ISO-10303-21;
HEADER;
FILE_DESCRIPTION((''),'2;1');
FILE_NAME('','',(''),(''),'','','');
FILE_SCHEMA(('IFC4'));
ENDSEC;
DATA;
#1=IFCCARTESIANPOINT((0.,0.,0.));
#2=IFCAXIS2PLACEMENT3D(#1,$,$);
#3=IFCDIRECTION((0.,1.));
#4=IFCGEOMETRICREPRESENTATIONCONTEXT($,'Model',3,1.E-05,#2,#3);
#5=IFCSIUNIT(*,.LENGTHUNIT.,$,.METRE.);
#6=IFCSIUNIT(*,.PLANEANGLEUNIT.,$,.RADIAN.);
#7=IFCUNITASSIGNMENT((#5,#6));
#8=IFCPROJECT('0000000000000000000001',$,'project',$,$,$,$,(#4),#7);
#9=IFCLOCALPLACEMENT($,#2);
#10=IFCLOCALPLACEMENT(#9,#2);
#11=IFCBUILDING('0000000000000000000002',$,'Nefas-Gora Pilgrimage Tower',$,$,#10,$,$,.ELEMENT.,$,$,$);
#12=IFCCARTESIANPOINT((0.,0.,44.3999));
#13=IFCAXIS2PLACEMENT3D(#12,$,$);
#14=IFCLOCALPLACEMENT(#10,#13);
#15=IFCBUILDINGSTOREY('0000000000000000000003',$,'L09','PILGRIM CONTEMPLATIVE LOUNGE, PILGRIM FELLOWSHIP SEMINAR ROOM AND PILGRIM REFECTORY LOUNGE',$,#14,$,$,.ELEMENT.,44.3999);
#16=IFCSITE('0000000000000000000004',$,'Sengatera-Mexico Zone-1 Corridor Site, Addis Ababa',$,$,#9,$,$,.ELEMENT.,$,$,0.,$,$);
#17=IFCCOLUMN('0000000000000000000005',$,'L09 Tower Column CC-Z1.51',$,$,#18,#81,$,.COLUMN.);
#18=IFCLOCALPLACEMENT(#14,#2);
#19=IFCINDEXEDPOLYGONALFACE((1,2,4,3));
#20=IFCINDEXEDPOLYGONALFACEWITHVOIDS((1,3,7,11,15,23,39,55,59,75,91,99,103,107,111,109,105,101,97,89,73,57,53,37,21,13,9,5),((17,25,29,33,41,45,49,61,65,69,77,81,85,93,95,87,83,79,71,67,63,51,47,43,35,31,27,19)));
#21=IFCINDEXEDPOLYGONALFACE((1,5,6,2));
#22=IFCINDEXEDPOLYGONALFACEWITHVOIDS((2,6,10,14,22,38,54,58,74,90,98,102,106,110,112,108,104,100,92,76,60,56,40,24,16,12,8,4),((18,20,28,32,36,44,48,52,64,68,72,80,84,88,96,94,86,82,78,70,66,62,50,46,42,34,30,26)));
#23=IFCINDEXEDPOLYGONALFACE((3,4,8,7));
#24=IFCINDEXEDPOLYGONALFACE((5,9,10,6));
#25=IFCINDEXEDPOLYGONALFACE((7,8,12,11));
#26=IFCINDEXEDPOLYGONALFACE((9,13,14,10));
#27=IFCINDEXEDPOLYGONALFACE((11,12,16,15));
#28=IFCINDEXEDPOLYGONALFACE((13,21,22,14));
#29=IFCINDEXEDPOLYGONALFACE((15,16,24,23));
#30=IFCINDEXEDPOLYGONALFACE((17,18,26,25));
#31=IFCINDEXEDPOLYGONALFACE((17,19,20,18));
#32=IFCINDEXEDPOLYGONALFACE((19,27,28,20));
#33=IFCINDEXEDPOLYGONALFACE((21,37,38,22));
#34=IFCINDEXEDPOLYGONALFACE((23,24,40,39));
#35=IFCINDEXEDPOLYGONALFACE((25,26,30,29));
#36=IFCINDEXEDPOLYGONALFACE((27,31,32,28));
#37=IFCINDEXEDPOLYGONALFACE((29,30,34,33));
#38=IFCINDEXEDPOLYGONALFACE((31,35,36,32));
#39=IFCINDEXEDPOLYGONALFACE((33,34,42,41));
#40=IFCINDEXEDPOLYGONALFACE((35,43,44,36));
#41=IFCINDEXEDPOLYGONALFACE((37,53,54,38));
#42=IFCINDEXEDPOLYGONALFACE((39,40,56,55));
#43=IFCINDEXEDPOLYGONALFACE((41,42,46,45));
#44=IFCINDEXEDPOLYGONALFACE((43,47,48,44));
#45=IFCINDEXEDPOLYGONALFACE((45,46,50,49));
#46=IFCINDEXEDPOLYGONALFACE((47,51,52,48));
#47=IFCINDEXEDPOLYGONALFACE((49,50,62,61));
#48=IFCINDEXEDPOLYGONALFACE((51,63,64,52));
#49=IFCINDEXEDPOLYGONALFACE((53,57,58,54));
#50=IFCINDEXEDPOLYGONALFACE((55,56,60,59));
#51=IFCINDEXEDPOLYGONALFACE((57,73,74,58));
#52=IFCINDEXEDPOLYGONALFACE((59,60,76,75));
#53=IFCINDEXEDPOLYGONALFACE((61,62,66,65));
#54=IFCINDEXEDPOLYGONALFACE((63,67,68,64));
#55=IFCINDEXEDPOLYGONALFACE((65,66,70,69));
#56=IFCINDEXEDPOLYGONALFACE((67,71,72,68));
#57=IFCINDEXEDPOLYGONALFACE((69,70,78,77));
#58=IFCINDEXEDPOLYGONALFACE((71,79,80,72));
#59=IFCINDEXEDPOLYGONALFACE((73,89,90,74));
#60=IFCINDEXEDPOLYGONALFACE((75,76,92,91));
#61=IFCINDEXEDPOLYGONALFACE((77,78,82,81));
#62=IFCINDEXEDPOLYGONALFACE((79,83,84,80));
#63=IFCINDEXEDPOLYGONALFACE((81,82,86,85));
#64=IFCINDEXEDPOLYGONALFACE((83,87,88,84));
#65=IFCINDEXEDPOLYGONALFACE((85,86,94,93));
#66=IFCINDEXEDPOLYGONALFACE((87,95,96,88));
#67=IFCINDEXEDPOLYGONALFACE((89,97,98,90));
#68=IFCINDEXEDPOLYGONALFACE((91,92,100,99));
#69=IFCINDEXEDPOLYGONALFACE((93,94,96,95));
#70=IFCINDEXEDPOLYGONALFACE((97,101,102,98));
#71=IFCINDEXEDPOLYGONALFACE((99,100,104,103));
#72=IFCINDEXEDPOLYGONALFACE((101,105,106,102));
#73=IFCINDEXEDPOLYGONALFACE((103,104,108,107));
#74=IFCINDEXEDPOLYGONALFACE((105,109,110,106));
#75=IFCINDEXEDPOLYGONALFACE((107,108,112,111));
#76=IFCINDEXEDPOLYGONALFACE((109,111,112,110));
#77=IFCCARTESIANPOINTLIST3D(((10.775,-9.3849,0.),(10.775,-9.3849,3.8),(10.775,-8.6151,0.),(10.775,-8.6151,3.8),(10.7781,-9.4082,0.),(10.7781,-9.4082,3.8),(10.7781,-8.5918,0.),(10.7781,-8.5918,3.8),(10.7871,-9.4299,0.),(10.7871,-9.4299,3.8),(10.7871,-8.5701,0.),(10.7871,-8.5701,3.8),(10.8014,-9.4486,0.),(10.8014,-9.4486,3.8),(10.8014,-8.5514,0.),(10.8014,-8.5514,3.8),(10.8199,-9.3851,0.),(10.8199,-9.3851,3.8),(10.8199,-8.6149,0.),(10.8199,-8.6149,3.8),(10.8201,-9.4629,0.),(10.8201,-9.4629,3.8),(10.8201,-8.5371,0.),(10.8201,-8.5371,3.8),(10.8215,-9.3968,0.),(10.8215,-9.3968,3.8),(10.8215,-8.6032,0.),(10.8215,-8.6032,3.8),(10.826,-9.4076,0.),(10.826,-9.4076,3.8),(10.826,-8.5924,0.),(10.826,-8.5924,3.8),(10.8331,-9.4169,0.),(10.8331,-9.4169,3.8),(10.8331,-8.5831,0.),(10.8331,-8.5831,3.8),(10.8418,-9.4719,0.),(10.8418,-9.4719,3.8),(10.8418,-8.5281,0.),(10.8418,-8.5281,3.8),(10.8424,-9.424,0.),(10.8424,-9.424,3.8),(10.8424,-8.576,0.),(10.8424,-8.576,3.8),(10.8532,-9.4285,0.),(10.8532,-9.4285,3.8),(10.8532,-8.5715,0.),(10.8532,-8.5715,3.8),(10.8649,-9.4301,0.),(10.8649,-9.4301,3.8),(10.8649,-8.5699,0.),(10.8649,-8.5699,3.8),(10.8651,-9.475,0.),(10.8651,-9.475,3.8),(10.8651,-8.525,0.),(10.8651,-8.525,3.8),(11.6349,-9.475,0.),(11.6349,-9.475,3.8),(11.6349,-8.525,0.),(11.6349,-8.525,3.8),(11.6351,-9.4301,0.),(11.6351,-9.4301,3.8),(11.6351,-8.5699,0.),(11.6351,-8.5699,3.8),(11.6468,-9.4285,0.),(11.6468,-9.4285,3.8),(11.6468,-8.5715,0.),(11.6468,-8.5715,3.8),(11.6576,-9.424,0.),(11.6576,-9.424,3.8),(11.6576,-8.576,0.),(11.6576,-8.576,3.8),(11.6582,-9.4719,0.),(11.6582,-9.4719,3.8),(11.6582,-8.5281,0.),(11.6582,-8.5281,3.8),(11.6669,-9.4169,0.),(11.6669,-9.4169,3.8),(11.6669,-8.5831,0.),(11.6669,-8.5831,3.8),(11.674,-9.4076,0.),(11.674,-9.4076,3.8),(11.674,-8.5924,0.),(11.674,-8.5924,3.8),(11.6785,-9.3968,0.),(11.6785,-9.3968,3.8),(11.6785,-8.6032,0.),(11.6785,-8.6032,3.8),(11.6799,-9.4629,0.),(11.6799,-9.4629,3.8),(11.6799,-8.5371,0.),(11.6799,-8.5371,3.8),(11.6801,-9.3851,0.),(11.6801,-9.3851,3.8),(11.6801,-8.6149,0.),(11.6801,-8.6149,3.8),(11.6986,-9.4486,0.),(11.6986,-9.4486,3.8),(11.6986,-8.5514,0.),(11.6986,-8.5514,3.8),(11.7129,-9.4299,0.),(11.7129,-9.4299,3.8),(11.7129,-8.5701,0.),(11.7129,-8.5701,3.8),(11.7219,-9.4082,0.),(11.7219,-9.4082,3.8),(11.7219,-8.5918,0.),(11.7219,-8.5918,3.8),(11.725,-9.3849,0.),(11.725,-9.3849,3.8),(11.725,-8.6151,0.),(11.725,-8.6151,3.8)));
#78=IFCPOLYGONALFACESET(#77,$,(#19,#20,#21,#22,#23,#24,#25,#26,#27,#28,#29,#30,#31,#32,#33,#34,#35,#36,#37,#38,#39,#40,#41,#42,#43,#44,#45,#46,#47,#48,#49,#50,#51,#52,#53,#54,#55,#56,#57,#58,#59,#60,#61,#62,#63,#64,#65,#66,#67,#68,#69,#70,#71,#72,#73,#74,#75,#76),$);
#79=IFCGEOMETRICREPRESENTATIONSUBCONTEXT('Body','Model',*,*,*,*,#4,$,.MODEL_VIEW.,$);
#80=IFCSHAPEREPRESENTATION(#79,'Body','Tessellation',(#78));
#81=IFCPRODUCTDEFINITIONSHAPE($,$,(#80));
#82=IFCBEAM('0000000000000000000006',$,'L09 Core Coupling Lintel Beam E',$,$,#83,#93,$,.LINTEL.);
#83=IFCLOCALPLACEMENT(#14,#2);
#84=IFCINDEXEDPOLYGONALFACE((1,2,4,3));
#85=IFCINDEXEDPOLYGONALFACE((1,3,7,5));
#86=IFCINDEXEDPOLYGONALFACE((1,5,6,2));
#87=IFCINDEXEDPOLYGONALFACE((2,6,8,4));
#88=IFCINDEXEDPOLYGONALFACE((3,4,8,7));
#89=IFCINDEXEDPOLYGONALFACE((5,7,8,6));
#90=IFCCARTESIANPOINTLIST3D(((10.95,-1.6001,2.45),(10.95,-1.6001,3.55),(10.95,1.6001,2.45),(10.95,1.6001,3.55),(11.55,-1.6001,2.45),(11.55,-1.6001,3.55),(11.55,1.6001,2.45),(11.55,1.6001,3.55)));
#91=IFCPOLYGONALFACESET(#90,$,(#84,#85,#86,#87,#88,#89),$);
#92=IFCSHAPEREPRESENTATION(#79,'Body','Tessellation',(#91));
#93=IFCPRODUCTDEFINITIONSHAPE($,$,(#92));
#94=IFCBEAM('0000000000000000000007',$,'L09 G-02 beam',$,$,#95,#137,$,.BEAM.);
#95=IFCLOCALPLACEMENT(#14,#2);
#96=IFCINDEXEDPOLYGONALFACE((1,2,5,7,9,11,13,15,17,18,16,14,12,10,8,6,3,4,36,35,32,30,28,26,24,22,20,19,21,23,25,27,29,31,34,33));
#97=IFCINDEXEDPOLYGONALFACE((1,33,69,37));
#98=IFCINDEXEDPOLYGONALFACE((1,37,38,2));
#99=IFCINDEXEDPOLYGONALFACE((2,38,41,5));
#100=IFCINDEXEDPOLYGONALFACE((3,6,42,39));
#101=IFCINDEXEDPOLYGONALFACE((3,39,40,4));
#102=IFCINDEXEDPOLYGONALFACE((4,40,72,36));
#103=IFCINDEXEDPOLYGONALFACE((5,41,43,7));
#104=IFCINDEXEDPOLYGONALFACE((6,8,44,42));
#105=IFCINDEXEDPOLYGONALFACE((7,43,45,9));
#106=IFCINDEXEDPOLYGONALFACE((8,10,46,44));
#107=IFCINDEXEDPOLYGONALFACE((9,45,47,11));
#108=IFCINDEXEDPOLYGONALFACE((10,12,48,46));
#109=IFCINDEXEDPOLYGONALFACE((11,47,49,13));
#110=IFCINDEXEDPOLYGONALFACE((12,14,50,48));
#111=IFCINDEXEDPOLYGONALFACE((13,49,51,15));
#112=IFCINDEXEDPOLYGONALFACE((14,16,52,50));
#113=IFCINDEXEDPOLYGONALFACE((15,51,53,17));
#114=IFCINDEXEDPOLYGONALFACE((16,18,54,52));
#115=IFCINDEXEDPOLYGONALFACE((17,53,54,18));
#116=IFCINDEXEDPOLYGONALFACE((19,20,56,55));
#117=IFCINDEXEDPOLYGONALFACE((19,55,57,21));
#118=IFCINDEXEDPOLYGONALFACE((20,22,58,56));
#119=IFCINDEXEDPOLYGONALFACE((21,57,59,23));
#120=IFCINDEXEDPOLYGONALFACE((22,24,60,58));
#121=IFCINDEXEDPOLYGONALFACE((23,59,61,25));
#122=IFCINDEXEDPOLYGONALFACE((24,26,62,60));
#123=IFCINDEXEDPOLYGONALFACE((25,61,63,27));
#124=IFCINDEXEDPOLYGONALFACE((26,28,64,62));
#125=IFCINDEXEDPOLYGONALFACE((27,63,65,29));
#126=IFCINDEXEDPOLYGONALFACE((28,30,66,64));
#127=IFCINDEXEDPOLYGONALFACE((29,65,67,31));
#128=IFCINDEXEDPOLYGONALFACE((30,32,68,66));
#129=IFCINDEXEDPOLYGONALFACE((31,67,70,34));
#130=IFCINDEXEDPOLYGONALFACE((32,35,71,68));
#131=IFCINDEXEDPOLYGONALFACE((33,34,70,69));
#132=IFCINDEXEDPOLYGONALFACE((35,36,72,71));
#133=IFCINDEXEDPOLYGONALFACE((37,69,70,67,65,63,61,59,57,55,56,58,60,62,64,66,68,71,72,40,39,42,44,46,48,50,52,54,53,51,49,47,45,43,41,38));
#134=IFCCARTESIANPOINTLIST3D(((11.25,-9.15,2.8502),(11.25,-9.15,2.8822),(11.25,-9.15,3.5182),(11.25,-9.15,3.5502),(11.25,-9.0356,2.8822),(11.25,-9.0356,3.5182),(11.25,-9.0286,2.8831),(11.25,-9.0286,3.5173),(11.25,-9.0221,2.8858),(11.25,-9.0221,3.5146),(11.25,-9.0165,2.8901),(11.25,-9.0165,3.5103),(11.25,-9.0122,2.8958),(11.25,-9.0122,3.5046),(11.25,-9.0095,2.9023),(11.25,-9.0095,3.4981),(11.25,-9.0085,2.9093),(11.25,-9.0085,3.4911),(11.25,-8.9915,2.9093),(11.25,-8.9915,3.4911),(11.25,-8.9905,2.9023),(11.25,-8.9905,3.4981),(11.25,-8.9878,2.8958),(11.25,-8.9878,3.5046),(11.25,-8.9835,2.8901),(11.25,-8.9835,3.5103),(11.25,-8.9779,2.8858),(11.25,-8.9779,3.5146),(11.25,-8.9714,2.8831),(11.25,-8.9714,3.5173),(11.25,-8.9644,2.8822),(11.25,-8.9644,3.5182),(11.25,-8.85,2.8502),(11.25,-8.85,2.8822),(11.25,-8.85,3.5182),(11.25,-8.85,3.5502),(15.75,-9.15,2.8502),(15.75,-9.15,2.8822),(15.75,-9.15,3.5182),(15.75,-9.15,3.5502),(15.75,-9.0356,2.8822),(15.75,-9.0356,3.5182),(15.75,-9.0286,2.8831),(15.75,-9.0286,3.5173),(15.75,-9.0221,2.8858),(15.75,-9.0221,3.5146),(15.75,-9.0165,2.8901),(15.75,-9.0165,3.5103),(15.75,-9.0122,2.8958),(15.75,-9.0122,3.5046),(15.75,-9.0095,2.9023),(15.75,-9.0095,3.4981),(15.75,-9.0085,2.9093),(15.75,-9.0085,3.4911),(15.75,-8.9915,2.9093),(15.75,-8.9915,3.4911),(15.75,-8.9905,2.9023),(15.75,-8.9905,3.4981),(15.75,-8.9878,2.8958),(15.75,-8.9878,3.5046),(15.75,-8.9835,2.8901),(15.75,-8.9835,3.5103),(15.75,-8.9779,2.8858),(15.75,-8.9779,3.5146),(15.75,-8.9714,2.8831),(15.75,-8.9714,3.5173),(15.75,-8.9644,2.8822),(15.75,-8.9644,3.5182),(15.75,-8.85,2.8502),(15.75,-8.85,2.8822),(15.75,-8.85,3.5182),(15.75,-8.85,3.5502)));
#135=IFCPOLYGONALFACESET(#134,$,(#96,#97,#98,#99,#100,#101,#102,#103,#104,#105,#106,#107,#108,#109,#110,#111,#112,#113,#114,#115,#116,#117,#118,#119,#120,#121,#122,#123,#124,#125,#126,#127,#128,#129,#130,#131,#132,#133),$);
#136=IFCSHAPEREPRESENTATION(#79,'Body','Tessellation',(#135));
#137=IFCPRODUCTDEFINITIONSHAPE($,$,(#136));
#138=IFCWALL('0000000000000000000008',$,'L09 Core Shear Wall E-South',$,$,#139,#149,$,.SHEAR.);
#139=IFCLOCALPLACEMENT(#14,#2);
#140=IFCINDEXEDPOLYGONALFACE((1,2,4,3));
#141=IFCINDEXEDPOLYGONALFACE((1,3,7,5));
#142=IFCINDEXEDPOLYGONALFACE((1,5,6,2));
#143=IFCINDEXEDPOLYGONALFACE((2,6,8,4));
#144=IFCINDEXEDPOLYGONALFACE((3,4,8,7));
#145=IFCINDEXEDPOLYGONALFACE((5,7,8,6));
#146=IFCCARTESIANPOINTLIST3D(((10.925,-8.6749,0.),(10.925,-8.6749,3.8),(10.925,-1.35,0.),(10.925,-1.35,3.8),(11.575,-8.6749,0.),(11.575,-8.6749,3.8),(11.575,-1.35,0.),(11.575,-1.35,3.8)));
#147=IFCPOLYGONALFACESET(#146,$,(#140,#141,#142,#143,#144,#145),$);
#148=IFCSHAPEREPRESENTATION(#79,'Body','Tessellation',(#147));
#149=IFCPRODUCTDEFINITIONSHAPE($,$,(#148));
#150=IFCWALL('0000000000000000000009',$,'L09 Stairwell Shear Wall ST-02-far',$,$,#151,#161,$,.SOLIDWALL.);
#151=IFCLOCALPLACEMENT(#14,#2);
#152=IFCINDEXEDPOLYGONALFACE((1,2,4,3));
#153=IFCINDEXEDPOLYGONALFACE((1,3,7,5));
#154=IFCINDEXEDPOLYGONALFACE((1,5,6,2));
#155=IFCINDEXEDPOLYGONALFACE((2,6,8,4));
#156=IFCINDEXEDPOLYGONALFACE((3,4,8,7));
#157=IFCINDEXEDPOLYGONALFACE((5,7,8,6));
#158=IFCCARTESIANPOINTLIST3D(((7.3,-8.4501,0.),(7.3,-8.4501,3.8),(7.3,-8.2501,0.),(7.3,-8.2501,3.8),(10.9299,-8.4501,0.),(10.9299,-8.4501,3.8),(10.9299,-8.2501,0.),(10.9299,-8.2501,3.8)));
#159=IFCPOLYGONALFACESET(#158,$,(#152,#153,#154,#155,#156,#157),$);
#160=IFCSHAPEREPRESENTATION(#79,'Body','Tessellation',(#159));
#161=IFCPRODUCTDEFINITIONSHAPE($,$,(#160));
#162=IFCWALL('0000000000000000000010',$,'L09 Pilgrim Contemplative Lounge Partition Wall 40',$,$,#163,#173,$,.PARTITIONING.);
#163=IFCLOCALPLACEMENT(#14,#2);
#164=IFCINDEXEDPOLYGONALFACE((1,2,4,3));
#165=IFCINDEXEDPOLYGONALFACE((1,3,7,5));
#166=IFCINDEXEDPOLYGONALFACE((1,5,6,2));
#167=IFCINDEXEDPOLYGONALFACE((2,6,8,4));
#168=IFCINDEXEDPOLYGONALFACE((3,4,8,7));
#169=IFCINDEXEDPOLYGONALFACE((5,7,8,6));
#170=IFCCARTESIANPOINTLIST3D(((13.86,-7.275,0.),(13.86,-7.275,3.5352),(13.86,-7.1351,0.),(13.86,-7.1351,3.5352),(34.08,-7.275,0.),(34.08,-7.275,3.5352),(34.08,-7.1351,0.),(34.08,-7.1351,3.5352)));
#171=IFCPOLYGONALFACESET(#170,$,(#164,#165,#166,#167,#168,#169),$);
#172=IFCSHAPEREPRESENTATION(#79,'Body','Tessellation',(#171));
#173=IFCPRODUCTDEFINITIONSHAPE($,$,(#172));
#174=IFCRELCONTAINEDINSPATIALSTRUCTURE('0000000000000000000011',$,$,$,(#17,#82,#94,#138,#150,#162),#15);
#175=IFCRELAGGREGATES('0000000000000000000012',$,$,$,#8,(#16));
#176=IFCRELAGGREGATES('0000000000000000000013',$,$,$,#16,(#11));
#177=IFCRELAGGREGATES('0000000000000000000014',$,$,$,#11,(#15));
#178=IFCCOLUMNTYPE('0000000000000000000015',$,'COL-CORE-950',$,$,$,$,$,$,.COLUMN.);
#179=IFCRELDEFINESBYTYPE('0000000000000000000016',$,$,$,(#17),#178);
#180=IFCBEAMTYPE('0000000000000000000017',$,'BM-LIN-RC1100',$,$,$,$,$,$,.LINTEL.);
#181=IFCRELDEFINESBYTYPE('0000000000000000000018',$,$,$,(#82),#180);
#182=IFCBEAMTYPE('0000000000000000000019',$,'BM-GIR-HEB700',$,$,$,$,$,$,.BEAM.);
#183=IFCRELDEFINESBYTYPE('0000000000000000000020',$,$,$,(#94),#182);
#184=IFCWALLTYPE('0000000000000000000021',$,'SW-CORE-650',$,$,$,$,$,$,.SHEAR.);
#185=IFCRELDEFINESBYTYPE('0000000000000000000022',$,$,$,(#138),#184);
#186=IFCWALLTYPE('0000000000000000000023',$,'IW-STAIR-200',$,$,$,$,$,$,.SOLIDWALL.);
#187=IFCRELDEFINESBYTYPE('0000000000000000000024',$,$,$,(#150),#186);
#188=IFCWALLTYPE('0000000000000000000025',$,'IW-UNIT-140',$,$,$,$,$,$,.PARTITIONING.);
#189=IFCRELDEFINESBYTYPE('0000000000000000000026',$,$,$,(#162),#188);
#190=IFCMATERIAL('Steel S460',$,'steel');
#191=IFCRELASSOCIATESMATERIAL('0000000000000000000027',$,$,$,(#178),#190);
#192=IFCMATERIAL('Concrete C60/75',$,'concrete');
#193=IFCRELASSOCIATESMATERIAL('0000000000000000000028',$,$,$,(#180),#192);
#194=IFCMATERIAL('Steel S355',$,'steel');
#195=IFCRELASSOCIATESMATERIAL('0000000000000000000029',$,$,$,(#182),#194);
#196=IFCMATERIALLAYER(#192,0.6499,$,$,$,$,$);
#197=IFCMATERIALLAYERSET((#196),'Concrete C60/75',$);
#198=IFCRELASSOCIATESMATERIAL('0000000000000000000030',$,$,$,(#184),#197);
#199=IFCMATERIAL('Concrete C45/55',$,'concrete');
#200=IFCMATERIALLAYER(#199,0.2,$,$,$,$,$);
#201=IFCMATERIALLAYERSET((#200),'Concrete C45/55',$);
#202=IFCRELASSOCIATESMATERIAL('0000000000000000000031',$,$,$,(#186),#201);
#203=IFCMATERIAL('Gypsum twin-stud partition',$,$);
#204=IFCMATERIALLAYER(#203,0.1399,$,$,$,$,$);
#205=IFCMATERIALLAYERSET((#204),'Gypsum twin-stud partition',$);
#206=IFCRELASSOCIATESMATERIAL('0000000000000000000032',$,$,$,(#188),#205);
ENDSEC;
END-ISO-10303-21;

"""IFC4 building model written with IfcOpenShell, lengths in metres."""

from ifc_helpers import new_model, si_unit, direction, frame, frame_2d, origin, origin_2d, place, context, subcontext, project, spatial, rectangle, hollow_rectangle, i_section, extrude, source, transform, mapped, material, layer, layer_set, material_profile, profile_set, type_object, element, save


model = new_model("IFC4")

# Units and contexts
model_context = context("Model", 3, precision=1e-05, world=origin(), true_north=direction((0.0, 1.0)))
body_context = subcontext(model_context, "Body", "Model", "MODEL_VIEW")
ifc_project = project(units=[si_unit("LENGTHUNIT", "METRE"), si_unit("PLANEANGLEUNIT", "RADIAN")], contexts=[model_context])

# Site, building, storey
site_placement = place(None, origin())
site = spatial("IfcSite", under=ifc_project, at=site_placement, Name="Sengatera-Mexico Zone-1 Corridor Site, Addis Ababa", CompositionType="ELEMENT", RefElevation=0.0)
building_placement = place(site_placement, origin())
building = spatial("IfcBuilding", under=site, at=building_placement, Name="Nefas-Gora Pilgrimage Tower", CompositionType="ELEMENT")
storey_placement = place(building_placement, frame((0.0, 0.0, 44.3999)))
storey = spatial("IfcBuildingStorey", under=building, at=storey_placement, Name="L09", Description="PILGRIM CONTEMPLATIVE LOUNGE, PILGRIM FELLOWSHIP SEMINAR ROOM AND PILGRIM REFECTORY LOUNGE", CompositionType="ELEMENT", Elevation=44.3999)

# Column
ifc_material_1 = material(Name="Steel S460", Category="steel")
ifc_material_profile_1 = material_profile(ifc_material_1, hollow_rectangle(XDim=0.95, YDim=0.95, WallThickness=0.0449, InnerFilletRadius=0.0449, OuterFilletRadius=0.0901, at=origin_2d()), Name="BOX 950x950x45")
ifc_profile_set_1 = profile_set([ifc_material_profile_1], Name="Steel S460")
column_type = type_object("IfcColumnType", Name="COL-CORE-950", PredefinedType="COLUMN", material=ifc_profile_set_1)
shared_shape_1 = source(origin(), body_context, "Body", "SweptSolid", [
    extrude(hollow_rectangle(XDim=0.95, YDim=0.95, WallThickness=0.0449, InnerFilletRadius=0.0449, OuterFilletRadius=0.0901, at=origin_2d()), origin(), (0.0, 0.0, 1.0), 3.8),
])
column_placement = place(storey_placement, frame((11.25, -9.0, 0.0), z_axis=(0.0, 0.0, 1.0), x_axis=(1.0, 0.0, 0.0)))
element("IfcColumn", 1, at=column_placement, inside=storey, type_object=column_type, Name="L09 Tower Column CC-Z1.51", PredefinedType="COLUMN", context=body_context, shape_type="MappedRepresentation", body=[
    mapped(shared_shape_1, transform((0.0, 0.0, 0.0), x_axis=(1.0, 0.0, 0.0), y_axis=(0.0, 1.0, 0.0), z_axis=(0.0, 0.0, 1.0), scale=1.0)),
])

# Beams
ifc_material_2 = material(Name="Concrete C60/75", Category="concrete")
ifc_material_profile_2 = material_profile(ifc_material_2, rectangle(XDim=0.6001, YDim=1.1001, at=origin_2d()), Name="RC 600x1100")
ifc_profile_set_2 = profile_set([ifc_material_profile_2], Name="Concrete C60/75")
beam_type_1 = type_object("IfcBeamType", Name="BM-LIN-RC1100", PredefinedType="LINTEL", material=ifc_profile_set_2)
shared_shape_2 = source(origin(), body_context, "Body", "SweptSolid", [
    extrude(rectangle(XDim=0.6001, YDim=1.1001, at=origin_2d()), origin(), (0.0, 0.0, 1.0), 3.2002),
])
beam_1_placement = place(storey_placement, frame((11.25, -1.6001, 3.0), z_axis=(0.0, 1.0, 0.0), x_axis=(-1.0, 0.0, 0.0)))
element("IfcBeam", 2, at=beam_1_placement, inside=storey, type_object=beam_type_1, Name="L09 Core Coupling Lintel Beam E", PredefinedType="LINTEL", context=body_context, shape_type="MappedRepresentation", body=[
    mapped(shared_shape_2, transform((0.0, 0.0, 0.0), x_axis=(1.0, 0.0, 0.0), y_axis=(0.0, 1.0, 0.0), z_axis=(0.0, 0.0, 1.0), scale=1.0)),
])
ifc_material_3 = material(Name="Steel S355", Category="steel")
ifc_material_profile_3 = material_profile(ifc_material_3, i_section(OverallWidth=0.3, OverallDepth=0.7, WebThickness=0.0171, FlangeThickness=0.032, FilletRadius=0.0271, at=origin_2d()), Name="HEB 700")
ifc_profile_set_3 = profile_set([ifc_material_profile_3], Name="Steel S355")
beam_type_2 = type_object("IfcBeamType", Name="BM-GIR-HEB700", PredefinedType="BEAM", material=ifc_profile_set_3)
shared_shape_3 = source(origin(), body_context, "Body", "SweptSolid", [
    extrude(i_section(OverallWidth=0.3, OverallDepth=0.7, WebThickness=0.0171, FlangeThickness=0.032, FilletRadius=0.0271, at=origin_2d()), origin(), (0.0, 0.0, 1.0), 4.5),
])
beam_2_placement = place(storey_placement, frame((11.25, -9.0, 3.2002), z_axis=(1.0, 0.0, 0.0), x_axis=(0.0, 1.0, 0.0)))
element("IfcBeam", 3, at=beam_2_placement, inside=storey, type_object=beam_type_2, Name="L09 G-02 beam", PredefinedType="BEAM", context=body_context, shape_type="MappedRepresentation", body=[
    mapped(shared_shape_3, transform((0.0, 0.0, 0.0), x_axis=(1.0, 0.0, 0.0), y_axis=(0.0, 1.0, 0.0), z_axis=(0.0, 0.0, 1.0), scale=1.0)),
])

# Walls
ifc_layer_1 = layer(ifc_material_2, 0.6499)
ifc_layer_set_1 = layer_set([ifc_layer_1], Name="Concrete C60/75")
wall_type_1 = type_object("IfcWallType", Name="SW-CORE-650", PredefinedType="SHEAR", material=ifc_layer_set_1)
shared_shape_4 = source(origin(), body_context, "Body", "SweptSolid", [
    extrude(rectangle(XDim=7.325, YDim=0.6499, at=frame_2d((3.6626, 0.0))), origin(), (0.0, 0.0, 1.0), 3.8),
])
wall_1_placement = place(storey_placement, frame((11.25, -8.675, 0.0), z_axis=(0.0, 0.0, 1.0), x_axis=(0.0, 1.0, 0.0)))
element("IfcWall", 4, at=wall_1_placement, inside=storey, type_object=wall_type_1, Name="L09 Core Shear Wall E-South", PredefinedType="SHEAR", context=body_context, shape_type="MappedRepresentation", body=[
    mapped(shared_shape_4, transform((0.0, 0.0, 0.0), x_axis=(1.0, 0.0, 0.0), y_axis=(0.0, 1.0, 0.0), z_axis=(0.0, 0.0, 1.0), scale=1.0)),
])
ifc_material_4 = material(Name="Concrete C45/55", Category="concrete")
ifc_layer_2 = layer(ifc_material_4, 0.2)
ifc_layer_set_2 = layer_set([ifc_layer_2], Name="Concrete C45/55")
wall_type_2 = type_object("IfcWallType", Name="IW-STAIR-200", PredefinedType="SOLIDWALL", material=ifc_layer_set_2)
shared_shape_5 = source(origin(), body_context, "Body", "SweptSolid", [
    extrude(rectangle(XDim=3.6299, YDim=0.2, at=frame_2d((1.8149, 0.0))), origin(), (0.0, 0.0, 1.0), 3.8),
])
wall_2_placement = place(storey_placement, frame((7.3, -8.3501, 0.0), z_axis=(0.0, 0.0, 1.0), x_axis=(1.0, 0.0, 0.0)))
element("IfcWall", 5, at=wall_2_placement, inside=storey, type_object=wall_type_2, Name="L09 Stairwell Shear Wall ST-02-far", PredefinedType="SOLIDWALL", context=body_context, shape_type="MappedRepresentation", body=[
    mapped(shared_shape_5, transform((0.0, 0.0, 0.0), x_axis=(1.0, 0.0, 0.0), y_axis=(0.0, 1.0, 0.0), z_axis=(0.0, 0.0, 1.0), scale=1.0)),
])

# Wall
ifc_material_5 = material(Name="Gypsum twin-stud partition")
ifc_layer_3 = layer(ifc_material_5, 0.1399)
ifc_layer_set_3 = layer_set([ifc_layer_3], Name="Gypsum twin-stud partition")
wall_type_3 = type_object("IfcWallType", Name="IW-UNIT-140", PredefinedType="PARTITIONING", material=ifc_layer_set_3)
shared_shape_6 = source(origin(), body_context, "Body", "SweptSolid", [
    extrude(rectangle(XDim=20.22, YDim=0.1399, at=frame_2d((10.1099, 0.0))), origin(), (0.0, 0.0, 1.0), 3.5352),
])
wall_3_placement = place(storey_placement, frame((13.8601, -7.2051, 0.0), z_axis=(0.0, 0.0, 1.0), x_axis=(1.0, 0.0, 0.0)))
element("IfcWall", 6, at=wall_3_placement, inside=storey, type_object=wall_type_3, Name="L09 Pilgrim Contemplative Lounge Partition Wall 40", PredefinedType="PARTITIONING", context=body_context, shape_type="MappedRepresentation", body=[
    mapped(shared_shape_6, transform((0.0, 0.0, 0.0), x_axis=(1.0, 0.0, 0.0), y_axis=(0.0, 1.0, 0.0), z_axis=(0.0, 0.0, 1.0), scale=1.0)),
])

save(model, "model.ifc")
